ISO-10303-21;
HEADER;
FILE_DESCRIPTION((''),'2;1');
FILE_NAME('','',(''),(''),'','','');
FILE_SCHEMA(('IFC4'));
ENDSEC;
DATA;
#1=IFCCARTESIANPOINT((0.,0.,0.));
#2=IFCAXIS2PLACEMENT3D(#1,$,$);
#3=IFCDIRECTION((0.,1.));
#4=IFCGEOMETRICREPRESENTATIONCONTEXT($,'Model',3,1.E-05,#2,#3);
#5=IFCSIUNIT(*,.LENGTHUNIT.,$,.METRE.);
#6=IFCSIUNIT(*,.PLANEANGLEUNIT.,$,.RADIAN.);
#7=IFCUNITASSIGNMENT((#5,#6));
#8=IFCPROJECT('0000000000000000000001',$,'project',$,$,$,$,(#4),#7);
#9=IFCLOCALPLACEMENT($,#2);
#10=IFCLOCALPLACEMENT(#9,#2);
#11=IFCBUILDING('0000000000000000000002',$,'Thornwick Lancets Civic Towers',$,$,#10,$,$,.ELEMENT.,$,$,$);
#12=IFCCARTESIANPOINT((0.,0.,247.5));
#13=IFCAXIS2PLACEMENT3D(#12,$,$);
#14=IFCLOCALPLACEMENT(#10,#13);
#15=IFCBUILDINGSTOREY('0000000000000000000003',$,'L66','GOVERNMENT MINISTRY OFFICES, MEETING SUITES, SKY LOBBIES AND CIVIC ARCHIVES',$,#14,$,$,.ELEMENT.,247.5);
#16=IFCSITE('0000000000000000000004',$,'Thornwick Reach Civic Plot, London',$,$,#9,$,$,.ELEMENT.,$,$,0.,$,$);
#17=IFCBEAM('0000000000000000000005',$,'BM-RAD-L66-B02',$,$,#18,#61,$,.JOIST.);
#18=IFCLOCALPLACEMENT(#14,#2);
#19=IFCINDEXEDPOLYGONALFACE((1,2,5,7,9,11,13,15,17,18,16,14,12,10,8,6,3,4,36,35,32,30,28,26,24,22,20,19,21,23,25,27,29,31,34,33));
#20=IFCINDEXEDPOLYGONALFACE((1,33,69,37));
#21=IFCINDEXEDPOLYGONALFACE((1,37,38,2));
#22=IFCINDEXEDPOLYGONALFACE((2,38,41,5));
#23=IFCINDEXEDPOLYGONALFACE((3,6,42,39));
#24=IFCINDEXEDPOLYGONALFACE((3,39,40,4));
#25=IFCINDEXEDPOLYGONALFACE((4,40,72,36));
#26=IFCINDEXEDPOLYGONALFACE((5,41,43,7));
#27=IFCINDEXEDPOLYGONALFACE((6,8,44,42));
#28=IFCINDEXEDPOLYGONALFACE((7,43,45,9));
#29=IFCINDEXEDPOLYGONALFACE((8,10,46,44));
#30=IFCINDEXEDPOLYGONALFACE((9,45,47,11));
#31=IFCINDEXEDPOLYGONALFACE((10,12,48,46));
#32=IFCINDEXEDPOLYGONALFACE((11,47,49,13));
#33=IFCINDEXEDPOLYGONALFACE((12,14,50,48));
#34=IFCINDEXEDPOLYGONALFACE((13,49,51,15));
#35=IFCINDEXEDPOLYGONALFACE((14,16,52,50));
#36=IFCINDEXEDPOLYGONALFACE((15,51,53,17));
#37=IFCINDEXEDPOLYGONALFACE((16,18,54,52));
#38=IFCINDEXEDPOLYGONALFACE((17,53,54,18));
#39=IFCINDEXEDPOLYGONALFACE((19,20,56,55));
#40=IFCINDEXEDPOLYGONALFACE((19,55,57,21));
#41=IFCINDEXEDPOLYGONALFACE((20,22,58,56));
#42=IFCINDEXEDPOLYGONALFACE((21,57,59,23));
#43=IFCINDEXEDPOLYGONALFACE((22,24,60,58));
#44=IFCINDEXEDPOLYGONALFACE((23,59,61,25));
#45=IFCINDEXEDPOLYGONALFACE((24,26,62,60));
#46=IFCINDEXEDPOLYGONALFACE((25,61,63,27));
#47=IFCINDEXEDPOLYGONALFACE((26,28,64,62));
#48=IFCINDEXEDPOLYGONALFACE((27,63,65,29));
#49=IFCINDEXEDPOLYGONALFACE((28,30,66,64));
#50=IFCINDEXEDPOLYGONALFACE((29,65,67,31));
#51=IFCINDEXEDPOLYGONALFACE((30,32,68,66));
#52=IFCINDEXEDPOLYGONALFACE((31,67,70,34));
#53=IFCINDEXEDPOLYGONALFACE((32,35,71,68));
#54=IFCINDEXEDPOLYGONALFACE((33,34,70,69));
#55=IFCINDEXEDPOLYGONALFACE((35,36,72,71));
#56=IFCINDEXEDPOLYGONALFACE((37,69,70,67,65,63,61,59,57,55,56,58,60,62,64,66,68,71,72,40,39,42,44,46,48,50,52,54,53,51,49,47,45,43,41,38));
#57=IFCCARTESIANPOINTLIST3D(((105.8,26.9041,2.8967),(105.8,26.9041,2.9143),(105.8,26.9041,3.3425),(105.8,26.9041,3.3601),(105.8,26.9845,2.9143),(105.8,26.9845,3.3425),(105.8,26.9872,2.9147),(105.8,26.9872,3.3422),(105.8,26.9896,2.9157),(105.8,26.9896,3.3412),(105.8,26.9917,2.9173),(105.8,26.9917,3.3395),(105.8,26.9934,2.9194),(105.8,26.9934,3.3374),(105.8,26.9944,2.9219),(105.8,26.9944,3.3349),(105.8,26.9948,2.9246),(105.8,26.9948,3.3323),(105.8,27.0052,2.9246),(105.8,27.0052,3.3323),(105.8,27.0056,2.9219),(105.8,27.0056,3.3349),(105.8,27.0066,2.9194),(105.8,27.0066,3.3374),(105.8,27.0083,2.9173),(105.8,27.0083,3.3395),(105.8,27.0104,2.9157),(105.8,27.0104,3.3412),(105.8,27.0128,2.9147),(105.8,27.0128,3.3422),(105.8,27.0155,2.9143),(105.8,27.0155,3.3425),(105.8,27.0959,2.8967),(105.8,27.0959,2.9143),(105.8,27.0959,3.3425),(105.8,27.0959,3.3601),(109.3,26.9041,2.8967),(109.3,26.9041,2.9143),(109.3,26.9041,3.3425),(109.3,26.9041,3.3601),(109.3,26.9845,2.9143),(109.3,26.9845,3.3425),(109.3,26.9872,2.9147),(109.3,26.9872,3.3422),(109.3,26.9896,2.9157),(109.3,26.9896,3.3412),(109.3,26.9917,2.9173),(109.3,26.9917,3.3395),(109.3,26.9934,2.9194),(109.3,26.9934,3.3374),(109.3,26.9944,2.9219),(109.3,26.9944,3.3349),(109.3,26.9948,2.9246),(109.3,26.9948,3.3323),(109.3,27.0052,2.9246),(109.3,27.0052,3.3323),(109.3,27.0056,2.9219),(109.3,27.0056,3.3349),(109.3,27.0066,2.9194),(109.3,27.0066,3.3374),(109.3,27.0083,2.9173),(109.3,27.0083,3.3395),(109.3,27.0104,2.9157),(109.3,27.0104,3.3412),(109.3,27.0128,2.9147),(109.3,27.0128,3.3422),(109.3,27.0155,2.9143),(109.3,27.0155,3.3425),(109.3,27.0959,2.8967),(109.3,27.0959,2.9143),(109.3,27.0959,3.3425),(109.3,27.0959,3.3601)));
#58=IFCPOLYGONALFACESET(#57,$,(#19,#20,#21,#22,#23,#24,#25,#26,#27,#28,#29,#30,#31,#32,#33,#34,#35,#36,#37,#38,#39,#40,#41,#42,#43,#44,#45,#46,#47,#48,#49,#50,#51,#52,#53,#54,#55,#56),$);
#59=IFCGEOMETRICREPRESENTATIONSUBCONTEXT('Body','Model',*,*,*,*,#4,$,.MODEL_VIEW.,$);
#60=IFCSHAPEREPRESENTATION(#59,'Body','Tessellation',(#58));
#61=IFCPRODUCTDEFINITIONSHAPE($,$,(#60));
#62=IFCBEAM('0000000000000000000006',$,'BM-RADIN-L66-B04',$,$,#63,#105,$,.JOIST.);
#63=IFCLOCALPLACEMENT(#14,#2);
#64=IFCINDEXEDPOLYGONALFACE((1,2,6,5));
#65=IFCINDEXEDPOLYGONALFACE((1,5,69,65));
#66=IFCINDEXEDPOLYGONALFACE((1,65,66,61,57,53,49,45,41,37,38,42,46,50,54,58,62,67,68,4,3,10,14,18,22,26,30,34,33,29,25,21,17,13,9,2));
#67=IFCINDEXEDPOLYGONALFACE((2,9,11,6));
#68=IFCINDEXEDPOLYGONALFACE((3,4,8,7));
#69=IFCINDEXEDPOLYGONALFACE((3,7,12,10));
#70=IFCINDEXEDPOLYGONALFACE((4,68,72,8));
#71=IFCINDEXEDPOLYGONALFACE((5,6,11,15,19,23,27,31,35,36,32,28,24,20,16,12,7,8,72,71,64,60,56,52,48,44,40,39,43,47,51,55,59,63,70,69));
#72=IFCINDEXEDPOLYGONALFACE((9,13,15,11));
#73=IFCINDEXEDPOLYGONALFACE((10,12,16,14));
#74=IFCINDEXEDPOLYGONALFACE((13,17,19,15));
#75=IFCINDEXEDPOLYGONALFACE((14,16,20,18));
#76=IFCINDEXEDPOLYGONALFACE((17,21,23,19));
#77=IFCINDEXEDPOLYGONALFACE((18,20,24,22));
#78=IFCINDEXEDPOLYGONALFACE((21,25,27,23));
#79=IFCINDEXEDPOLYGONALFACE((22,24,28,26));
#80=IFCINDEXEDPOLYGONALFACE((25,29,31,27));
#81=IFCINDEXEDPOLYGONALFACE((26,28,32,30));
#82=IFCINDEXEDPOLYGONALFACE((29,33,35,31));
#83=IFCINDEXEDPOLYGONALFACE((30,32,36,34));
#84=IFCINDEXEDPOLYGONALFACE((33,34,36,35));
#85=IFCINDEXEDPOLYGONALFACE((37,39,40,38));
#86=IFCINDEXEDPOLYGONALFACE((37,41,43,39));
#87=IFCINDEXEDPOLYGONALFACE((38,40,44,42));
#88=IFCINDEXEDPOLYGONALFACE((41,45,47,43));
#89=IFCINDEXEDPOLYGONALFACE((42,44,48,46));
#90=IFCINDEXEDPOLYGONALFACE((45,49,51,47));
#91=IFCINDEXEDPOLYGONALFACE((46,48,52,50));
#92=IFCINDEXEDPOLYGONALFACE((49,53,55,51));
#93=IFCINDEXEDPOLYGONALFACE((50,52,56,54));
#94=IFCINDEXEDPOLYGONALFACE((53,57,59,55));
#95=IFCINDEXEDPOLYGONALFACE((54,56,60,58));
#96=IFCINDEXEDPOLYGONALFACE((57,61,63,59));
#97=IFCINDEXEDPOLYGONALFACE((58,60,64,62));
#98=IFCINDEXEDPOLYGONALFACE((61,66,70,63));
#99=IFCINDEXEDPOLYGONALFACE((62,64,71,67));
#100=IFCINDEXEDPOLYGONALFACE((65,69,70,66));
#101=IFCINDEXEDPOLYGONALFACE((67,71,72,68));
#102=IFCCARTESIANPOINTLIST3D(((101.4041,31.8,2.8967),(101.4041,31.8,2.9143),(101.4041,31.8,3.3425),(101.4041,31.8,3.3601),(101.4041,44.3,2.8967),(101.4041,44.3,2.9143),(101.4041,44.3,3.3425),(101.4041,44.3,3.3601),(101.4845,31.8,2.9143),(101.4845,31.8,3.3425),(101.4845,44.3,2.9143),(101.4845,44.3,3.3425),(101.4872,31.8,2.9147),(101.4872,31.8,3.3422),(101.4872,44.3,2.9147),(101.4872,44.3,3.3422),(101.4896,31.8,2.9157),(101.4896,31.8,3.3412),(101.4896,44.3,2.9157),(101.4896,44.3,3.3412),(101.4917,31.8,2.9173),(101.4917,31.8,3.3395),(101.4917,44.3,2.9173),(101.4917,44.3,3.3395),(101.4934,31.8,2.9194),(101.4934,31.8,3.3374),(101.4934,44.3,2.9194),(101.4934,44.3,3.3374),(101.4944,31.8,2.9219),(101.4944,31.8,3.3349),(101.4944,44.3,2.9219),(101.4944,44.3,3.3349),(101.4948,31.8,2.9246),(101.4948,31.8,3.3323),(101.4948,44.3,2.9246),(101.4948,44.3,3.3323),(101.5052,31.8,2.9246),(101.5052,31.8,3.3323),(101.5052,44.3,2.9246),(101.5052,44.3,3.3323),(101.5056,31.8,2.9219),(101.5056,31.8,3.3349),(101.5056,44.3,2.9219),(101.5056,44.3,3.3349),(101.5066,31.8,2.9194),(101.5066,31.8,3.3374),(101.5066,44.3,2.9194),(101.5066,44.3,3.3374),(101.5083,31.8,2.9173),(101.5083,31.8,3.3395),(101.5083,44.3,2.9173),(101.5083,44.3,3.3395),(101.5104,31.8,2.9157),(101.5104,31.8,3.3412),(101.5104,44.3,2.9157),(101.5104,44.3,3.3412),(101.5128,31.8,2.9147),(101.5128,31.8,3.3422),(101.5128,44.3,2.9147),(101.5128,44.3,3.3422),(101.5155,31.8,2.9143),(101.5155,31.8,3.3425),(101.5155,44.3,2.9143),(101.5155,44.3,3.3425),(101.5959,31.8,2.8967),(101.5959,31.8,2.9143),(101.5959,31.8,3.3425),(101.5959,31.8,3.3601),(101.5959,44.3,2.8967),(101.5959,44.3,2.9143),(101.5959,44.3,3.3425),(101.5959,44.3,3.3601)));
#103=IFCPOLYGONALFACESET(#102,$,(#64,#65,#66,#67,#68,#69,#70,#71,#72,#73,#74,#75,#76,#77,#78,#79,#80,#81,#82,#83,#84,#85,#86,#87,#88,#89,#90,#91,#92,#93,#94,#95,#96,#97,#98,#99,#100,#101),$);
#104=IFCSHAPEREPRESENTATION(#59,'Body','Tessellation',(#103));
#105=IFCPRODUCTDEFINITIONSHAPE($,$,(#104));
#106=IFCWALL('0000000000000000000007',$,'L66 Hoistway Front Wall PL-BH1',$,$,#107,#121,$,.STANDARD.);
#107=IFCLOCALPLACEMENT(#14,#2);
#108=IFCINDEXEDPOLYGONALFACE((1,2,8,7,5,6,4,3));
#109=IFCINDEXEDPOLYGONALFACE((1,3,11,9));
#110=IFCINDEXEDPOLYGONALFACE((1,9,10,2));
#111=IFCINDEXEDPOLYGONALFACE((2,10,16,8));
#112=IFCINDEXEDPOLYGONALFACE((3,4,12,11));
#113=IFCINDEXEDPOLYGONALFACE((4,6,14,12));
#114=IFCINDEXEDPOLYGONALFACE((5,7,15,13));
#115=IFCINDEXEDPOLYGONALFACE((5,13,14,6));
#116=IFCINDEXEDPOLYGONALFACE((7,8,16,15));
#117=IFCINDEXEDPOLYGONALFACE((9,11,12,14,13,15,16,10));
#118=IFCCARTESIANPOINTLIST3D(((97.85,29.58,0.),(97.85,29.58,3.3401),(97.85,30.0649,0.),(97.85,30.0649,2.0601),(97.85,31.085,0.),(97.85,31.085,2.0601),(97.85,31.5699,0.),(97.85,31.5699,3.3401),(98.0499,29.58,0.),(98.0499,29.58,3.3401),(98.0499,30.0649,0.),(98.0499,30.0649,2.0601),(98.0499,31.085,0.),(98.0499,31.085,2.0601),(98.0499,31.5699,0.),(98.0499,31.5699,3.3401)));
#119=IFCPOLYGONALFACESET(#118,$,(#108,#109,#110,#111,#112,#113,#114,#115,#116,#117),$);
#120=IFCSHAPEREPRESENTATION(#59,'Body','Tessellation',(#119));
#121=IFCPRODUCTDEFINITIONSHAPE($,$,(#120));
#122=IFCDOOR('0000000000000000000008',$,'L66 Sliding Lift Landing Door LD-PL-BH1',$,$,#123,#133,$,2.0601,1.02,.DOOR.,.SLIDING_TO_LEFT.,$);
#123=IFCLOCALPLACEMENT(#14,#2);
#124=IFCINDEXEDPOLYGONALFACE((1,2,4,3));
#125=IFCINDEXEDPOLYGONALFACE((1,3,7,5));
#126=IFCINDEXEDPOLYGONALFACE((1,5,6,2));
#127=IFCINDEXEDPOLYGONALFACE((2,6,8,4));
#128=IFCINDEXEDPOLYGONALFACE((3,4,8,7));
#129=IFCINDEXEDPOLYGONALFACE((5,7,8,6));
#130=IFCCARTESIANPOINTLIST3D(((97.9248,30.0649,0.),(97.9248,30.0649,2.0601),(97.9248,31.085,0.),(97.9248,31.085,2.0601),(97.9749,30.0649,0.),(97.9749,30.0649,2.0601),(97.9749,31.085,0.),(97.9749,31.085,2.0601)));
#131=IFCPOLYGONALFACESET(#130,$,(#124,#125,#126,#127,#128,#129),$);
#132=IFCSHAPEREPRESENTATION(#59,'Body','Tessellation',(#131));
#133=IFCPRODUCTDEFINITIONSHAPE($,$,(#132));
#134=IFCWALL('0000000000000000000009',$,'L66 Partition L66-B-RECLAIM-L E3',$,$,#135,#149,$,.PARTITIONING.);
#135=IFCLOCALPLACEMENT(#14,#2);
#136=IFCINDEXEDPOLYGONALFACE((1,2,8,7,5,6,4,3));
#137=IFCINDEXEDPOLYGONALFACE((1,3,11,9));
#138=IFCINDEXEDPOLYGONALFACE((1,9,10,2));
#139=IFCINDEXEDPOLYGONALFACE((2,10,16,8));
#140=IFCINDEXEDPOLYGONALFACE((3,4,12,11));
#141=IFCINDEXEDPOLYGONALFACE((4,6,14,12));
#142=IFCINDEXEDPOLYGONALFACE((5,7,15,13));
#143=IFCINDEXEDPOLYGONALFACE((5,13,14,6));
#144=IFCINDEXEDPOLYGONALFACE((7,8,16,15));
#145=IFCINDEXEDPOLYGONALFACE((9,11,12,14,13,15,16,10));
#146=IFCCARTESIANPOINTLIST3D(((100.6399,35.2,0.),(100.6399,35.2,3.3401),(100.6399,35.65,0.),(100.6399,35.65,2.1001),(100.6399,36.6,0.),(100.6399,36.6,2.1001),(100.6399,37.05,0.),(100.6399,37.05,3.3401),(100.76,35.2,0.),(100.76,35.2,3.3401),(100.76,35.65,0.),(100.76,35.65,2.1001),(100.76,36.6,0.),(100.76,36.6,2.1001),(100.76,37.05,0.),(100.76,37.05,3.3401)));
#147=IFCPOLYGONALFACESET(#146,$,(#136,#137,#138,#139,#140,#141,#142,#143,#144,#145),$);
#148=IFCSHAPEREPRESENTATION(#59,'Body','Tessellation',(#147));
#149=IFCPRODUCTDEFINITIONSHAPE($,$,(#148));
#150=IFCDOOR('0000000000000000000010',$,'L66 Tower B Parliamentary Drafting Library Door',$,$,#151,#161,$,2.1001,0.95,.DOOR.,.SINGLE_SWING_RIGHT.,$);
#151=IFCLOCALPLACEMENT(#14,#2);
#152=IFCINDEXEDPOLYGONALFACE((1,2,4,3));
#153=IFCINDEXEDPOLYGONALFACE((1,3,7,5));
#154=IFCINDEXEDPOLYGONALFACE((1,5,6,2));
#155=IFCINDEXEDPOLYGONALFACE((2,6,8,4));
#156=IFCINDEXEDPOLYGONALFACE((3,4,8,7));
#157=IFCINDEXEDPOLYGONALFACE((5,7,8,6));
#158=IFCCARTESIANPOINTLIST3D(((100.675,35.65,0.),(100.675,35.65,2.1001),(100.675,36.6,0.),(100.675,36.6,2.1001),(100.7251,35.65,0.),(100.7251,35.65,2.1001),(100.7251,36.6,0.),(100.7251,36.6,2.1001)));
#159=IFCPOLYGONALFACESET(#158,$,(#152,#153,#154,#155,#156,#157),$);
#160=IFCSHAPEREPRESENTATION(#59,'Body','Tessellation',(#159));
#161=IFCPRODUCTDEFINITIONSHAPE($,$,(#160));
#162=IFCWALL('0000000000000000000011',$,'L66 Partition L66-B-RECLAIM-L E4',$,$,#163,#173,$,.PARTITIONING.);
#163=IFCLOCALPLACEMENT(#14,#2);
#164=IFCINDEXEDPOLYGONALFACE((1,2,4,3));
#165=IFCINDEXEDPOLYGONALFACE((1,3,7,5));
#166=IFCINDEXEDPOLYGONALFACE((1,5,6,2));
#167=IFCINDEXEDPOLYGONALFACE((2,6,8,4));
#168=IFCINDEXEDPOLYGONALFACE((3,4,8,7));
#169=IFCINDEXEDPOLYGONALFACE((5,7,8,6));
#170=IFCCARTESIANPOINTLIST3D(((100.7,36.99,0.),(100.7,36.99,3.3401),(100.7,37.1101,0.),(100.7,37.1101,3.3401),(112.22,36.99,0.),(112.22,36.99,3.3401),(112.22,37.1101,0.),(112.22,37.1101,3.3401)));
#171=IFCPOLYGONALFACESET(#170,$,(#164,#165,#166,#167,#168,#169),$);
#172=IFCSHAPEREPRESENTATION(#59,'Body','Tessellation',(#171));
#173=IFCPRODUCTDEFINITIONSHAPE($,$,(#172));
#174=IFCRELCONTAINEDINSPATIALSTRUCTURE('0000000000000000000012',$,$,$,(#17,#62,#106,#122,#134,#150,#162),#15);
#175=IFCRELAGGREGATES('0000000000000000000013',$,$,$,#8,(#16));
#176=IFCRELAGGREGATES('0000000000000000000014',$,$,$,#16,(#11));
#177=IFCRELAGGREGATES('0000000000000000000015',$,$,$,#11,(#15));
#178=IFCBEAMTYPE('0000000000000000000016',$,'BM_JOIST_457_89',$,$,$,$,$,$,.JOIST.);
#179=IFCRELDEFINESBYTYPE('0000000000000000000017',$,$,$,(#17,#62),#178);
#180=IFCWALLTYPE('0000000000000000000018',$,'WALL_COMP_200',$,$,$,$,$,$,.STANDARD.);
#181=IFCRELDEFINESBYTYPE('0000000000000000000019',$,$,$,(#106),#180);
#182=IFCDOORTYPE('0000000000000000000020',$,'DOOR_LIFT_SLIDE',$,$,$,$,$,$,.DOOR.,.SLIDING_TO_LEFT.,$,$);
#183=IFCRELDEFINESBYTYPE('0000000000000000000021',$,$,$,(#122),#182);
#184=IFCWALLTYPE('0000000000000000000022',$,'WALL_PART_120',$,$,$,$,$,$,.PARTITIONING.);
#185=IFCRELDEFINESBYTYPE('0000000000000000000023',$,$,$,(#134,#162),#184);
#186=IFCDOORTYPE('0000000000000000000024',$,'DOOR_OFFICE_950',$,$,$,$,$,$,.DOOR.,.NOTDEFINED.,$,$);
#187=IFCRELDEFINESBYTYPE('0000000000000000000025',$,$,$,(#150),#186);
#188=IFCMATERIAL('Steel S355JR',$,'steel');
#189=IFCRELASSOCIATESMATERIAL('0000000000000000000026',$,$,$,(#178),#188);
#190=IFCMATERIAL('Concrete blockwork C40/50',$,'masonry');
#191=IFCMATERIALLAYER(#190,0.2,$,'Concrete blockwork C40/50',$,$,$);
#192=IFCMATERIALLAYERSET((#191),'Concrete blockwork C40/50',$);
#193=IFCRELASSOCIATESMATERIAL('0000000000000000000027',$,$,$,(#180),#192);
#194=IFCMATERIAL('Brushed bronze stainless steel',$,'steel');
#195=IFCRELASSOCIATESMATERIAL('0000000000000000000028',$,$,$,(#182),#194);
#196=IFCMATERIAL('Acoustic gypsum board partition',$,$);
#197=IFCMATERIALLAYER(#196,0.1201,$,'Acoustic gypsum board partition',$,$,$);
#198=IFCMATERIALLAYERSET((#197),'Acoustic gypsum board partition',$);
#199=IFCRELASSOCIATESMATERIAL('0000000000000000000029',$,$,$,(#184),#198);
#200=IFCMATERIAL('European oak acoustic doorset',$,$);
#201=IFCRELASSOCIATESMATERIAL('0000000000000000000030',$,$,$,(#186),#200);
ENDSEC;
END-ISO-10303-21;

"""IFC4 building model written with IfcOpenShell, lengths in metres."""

from ifc_helpers import new_model, si_unit, direction, frame, frame_2d, origin, origin_2d, place, context, subcontext, project, spatial, rectangle, i_section, extrude, material, layer, layer_set, material_profile, profile_set, type_object, element, fill, save


model = new_model("IFC4")

# Units and contexts
model_context = context("Model", 3, precision=1e-05, world=origin(), true_north=direction((0.0, 1.0)))
body_context = subcontext(model_context, "Body", "Model", "MODEL_VIEW")
ifc_project = project(units=[si_unit("LENGTHUNIT", "METRE"), si_unit("PLANEANGLEUNIT", "RADIAN")], contexts=[model_context])

# Site, building, storey
site_placement = place(None, origin())
site = spatial("IfcSite", under=ifc_project, at=site_placement, Name="Thornwick Reach Civic Plot, London", CompositionType="ELEMENT", RefElevation=0.0)
building_placement = place(site_placement, origin())
building = spatial("IfcBuilding", under=site, at=building_placement, Name="Thornwick Lancets Civic Towers", CompositionType="ELEMENT")
storey_placement = place(building_placement, frame((0.0, 0.0, 247.5)))
storey = spatial("IfcBuildingStorey", under=building, at=storey_placement, Name="L66", Description="GOVERNMENT MINISTRY OFFICES, MEETING SUITES, SKY LOBBIES AND CIVIC ARCHIVES", CompositionType="ELEMENT", Elevation=247.5)

# Shared definitions
ifc_material_1 = material(Name="Steel S355JR", Category="steel")

# Beams
ifc_material_profile_1 = material_profile(ifc_material_1, i_section(OverallWidth=0.1919, OverallDepth=0.4634, WebThickness=0.0105, FlangeThickness=0.0176, FilletRadius=0.0103, at=origin_2d()), Name="UKB 457x191x89")
ifc_profile_set_1 = profile_set([ifc_material_profile_1], Name="Steel S355JR")
beam_type_1 = type_object("IfcBeamType", Name="BM_JOIST_457_89", PredefinedType="JOIST", material=ifc_profile_set_1)
beam_1_placement = place(storey_placement, frame((105.8, 27.0, 3.1284), z_axis=(1.0, 0.0, 0.0), x_axis=(0.0, 1.0, 0.0)))
element("IfcBeam", 1, at=beam_1_placement, inside=storey, type_object=beam_type_1, Name="BM-RAD-L66-B02", PredefinedType="JOIST", context=body_context, shape_type="SweptSolid", body=[
    extrude(i_section(OverallWidth=0.1919, OverallDepth=0.4634, WebThickness=0.0105, FlangeThickness=0.0176, FilletRadius=0.0103, at=origin_2d()), origin(), (0.0, 0.0, 1.0), 3.5),
])
beam_2_placement = place(storey_placement, frame((101.5, 31.8, 3.1284), z_axis=(0.0, 1.0, 0.0), x_axis=(-1.0, 0.0, 0.0)))
element("IfcBeam", 2, at=beam_2_placement, inside=storey, type_object=beam_type_1, Name="BM-RADIN-L66-B04", PredefinedType="JOIST", context=body_context, shape_type="SweptSolid", body=[
    extrude(i_section(OverallWidth=0.1919, OverallDepth=0.4634, WebThickness=0.0105, FlangeThickness=0.0176, FilletRadius=0.0103, at=origin_2d()), origin(), (0.0, 0.0, 1.0), 12.5),
])

# Walls, openings, doors
ifc_material_2 = material(Name="Concrete blockwork C40/50", Category="masonry")
ifc_layer_1 = layer(ifc_material_2, 0.2, Name="Concrete blockwork C40/50")
ifc_layer_set_1 = layer_set([ifc_layer_1], Name="Concrete blockwork C40/50")
wall_type_1 = type_object("IfcWallType", Name="WALL_COMP_200", PredefinedType="STANDARD", material=ifc_layer_set_1)
wall_1_placement = place(storey_placement, frame((97.95, 31.5701, 0.0), z_axis=(0.0, 0.0, 1.0), x_axis=(0.0, -1.0, 0.0)))
wall_1 = element("IfcWall", 3, at=wall_1_placement, inside=storey, type_object=wall_type_1, Name="L66 Hoistway Front Wall PL-BH1", PredefinedType="STANDARD", context=body_context, shape_type="SweptSolid", body=[
    extrude(rectangle(XDim=1.99, YDim=0.2, at=frame_2d((0.9951, 0.0))), origin(), (0.0, 0.0, 1.0), 3.3401),
])
opening_1_placement = place(wall_1_placement, frame((0.4851, 0.0, 0.0)))
opening_1 = element("IfcOpeningElement", 4, at=opening_1_placement, cuts=wall_1, PredefinedType="OPENING", context=body_context, shape_type="SweptSolid", body=[
    extrude(rectangle(XDim=1.02, YDim=2.0601, at=frame_2d((0.51, 1.03))), frame((0.0, 0.1099, 0.0), z_axis=(0.0, -1.0, 0.0), x_axis=(1.0, 0.0, 0.0)), (0.0, 0.0, 1.0), 0.22),
])
ifc_material_3 = material(Name="Brushed bronze stainless steel", Category="steel")
door_type_1 = type_object("IfcDoorType", Name="DOOR_LIFT_SLIDE", OperationType="SLIDING_TO_LEFT", PredefinedType="DOOR", material=ifc_material_3)
door_1_placement = place(opening_1_placement, origin())
door_1 = element("IfcDoor", 5, at=door_1_placement, inside=storey, type_object=door_type_1, Name="L66 Sliding Lift Landing Door LD-PL-BH1", OperationType="SLIDING_TO_LEFT", OverallHeight=2.0601, OverallWidth=1.02, PredefinedType="DOOR", context=body_context, shape_type="SweptSolid", body=[
    extrude(rectangle(XDim=1.02, YDim=2.0601, at=frame_2d((0.51, 1.03))), frame((0.0, 0.0249, 0.0), z_axis=(0.0, -1.0, 0.0), x_axis=(1.0, 0.0, 0.0)), (0.0, 0.0, 1.0), 0.05),
])
fill(opening_1, door_1)
ifc_material_4 = material(Name="Acoustic gypsum board partition")
ifc_layer_2 = layer(ifc_material_4, 0.1201, Name="Acoustic gypsum board partition")
ifc_layer_set_2 = layer_set([ifc_layer_2], Name="Acoustic gypsum board partition")
wall_type_2 = type_object("IfcWallType", Name="WALL_PART_120", PredefinedType="PARTITIONING", material=ifc_layer_set_2)
wall_2_placement = place(storey_placement, frame((100.7, 35.2, 0.0), z_axis=(0.0, 0.0, 1.0), x_axis=(0.0, 1.0, 0.0)))
wall_2 = element("IfcWall", 6, at=wall_2_placement, inside=storey, type_object=wall_type_2, Name="L66 Partition L66-B-RECLAIM-L E3", PredefinedType="PARTITIONING", context=body_context, shape_type="SweptSolid", body=[
    extrude(rectangle(XDim=1.8501, YDim=0.1201, at=frame_2d((0.925, 0.0))), origin(), (0.0, 0.0, 1.0), 3.3401),
])
opening_2_placement = place(wall_2_placement, frame((0.45, 0.0, 0.0)))
opening_2 = element("IfcOpeningElement", 7, at=opening_2_placement, cuts=wall_2, PredefinedType="OPENING", context=body_context, shape_type="SweptSolid", body=[
    extrude(rectangle(XDim=0.95, YDim=2.1001, at=frame_2d((0.4751, 1.05))), frame((0.0, 0.0701, 0.0), z_axis=(0.0, -1.0, 0.0), x_axis=(1.0, 0.0, 0.0)), (0.0, 0.0, 1.0), 0.1401),
])
ifc_material_5 = material(Name="European oak acoustic doorset")
door_type_2 = type_object("IfcDoorType", Name="DOOR_OFFICE_950", OperationType="NOTDEFINED", PredefinedType="DOOR", material=ifc_material_5)
door_2_placement = place(opening_2_placement, origin())
door_2 = element("IfcDoor", 8, at=door_2_placement, inside=storey, type_object=door_type_2, Name="L66 Tower B Parliamentary Drafting Library Door", OperationType="SINGLE_SWING_RIGHT", OverallHeight=2.1001, OverallWidth=0.95, PredefinedType="DOOR", context=body_context, shape_type="SweptSolid", body=[
    extrude(rectangle(XDim=0.95, YDim=2.1001, at=frame_2d((0.4751, 1.05))), frame((0.0, 0.0249, 0.0), z_axis=(0.0, -1.0, 0.0), x_axis=(1.0, 0.0, 0.0)), (0.0, 0.0, 1.0), 0.05),
])
fill(opening_2, door_2)

# Wall
wall_3_placement = place(storey_placement, frame((100.7, 37.05, 0.0), z_axis=(0.0, 0.0, 1.0), x_axis=(1.0, 0.0, 0.0)))
element("IfcWall", 9, at=wall_3_placement, inside=storey, type_object=wall_type_2, Name="L66 Partition L66-B-RECLAIM-L E4", PredefinedType="PARTITIONING", context=body_context, shape_type="SweptSolid", body=[
    extrude(rectangle(XDim=11.52, YDim=0.1201, at=frame_2d((5.76, 0.0))), origin(), (0.0, 0.0, 1.0), 3.3401),
])

save(model, "model.ifc")
